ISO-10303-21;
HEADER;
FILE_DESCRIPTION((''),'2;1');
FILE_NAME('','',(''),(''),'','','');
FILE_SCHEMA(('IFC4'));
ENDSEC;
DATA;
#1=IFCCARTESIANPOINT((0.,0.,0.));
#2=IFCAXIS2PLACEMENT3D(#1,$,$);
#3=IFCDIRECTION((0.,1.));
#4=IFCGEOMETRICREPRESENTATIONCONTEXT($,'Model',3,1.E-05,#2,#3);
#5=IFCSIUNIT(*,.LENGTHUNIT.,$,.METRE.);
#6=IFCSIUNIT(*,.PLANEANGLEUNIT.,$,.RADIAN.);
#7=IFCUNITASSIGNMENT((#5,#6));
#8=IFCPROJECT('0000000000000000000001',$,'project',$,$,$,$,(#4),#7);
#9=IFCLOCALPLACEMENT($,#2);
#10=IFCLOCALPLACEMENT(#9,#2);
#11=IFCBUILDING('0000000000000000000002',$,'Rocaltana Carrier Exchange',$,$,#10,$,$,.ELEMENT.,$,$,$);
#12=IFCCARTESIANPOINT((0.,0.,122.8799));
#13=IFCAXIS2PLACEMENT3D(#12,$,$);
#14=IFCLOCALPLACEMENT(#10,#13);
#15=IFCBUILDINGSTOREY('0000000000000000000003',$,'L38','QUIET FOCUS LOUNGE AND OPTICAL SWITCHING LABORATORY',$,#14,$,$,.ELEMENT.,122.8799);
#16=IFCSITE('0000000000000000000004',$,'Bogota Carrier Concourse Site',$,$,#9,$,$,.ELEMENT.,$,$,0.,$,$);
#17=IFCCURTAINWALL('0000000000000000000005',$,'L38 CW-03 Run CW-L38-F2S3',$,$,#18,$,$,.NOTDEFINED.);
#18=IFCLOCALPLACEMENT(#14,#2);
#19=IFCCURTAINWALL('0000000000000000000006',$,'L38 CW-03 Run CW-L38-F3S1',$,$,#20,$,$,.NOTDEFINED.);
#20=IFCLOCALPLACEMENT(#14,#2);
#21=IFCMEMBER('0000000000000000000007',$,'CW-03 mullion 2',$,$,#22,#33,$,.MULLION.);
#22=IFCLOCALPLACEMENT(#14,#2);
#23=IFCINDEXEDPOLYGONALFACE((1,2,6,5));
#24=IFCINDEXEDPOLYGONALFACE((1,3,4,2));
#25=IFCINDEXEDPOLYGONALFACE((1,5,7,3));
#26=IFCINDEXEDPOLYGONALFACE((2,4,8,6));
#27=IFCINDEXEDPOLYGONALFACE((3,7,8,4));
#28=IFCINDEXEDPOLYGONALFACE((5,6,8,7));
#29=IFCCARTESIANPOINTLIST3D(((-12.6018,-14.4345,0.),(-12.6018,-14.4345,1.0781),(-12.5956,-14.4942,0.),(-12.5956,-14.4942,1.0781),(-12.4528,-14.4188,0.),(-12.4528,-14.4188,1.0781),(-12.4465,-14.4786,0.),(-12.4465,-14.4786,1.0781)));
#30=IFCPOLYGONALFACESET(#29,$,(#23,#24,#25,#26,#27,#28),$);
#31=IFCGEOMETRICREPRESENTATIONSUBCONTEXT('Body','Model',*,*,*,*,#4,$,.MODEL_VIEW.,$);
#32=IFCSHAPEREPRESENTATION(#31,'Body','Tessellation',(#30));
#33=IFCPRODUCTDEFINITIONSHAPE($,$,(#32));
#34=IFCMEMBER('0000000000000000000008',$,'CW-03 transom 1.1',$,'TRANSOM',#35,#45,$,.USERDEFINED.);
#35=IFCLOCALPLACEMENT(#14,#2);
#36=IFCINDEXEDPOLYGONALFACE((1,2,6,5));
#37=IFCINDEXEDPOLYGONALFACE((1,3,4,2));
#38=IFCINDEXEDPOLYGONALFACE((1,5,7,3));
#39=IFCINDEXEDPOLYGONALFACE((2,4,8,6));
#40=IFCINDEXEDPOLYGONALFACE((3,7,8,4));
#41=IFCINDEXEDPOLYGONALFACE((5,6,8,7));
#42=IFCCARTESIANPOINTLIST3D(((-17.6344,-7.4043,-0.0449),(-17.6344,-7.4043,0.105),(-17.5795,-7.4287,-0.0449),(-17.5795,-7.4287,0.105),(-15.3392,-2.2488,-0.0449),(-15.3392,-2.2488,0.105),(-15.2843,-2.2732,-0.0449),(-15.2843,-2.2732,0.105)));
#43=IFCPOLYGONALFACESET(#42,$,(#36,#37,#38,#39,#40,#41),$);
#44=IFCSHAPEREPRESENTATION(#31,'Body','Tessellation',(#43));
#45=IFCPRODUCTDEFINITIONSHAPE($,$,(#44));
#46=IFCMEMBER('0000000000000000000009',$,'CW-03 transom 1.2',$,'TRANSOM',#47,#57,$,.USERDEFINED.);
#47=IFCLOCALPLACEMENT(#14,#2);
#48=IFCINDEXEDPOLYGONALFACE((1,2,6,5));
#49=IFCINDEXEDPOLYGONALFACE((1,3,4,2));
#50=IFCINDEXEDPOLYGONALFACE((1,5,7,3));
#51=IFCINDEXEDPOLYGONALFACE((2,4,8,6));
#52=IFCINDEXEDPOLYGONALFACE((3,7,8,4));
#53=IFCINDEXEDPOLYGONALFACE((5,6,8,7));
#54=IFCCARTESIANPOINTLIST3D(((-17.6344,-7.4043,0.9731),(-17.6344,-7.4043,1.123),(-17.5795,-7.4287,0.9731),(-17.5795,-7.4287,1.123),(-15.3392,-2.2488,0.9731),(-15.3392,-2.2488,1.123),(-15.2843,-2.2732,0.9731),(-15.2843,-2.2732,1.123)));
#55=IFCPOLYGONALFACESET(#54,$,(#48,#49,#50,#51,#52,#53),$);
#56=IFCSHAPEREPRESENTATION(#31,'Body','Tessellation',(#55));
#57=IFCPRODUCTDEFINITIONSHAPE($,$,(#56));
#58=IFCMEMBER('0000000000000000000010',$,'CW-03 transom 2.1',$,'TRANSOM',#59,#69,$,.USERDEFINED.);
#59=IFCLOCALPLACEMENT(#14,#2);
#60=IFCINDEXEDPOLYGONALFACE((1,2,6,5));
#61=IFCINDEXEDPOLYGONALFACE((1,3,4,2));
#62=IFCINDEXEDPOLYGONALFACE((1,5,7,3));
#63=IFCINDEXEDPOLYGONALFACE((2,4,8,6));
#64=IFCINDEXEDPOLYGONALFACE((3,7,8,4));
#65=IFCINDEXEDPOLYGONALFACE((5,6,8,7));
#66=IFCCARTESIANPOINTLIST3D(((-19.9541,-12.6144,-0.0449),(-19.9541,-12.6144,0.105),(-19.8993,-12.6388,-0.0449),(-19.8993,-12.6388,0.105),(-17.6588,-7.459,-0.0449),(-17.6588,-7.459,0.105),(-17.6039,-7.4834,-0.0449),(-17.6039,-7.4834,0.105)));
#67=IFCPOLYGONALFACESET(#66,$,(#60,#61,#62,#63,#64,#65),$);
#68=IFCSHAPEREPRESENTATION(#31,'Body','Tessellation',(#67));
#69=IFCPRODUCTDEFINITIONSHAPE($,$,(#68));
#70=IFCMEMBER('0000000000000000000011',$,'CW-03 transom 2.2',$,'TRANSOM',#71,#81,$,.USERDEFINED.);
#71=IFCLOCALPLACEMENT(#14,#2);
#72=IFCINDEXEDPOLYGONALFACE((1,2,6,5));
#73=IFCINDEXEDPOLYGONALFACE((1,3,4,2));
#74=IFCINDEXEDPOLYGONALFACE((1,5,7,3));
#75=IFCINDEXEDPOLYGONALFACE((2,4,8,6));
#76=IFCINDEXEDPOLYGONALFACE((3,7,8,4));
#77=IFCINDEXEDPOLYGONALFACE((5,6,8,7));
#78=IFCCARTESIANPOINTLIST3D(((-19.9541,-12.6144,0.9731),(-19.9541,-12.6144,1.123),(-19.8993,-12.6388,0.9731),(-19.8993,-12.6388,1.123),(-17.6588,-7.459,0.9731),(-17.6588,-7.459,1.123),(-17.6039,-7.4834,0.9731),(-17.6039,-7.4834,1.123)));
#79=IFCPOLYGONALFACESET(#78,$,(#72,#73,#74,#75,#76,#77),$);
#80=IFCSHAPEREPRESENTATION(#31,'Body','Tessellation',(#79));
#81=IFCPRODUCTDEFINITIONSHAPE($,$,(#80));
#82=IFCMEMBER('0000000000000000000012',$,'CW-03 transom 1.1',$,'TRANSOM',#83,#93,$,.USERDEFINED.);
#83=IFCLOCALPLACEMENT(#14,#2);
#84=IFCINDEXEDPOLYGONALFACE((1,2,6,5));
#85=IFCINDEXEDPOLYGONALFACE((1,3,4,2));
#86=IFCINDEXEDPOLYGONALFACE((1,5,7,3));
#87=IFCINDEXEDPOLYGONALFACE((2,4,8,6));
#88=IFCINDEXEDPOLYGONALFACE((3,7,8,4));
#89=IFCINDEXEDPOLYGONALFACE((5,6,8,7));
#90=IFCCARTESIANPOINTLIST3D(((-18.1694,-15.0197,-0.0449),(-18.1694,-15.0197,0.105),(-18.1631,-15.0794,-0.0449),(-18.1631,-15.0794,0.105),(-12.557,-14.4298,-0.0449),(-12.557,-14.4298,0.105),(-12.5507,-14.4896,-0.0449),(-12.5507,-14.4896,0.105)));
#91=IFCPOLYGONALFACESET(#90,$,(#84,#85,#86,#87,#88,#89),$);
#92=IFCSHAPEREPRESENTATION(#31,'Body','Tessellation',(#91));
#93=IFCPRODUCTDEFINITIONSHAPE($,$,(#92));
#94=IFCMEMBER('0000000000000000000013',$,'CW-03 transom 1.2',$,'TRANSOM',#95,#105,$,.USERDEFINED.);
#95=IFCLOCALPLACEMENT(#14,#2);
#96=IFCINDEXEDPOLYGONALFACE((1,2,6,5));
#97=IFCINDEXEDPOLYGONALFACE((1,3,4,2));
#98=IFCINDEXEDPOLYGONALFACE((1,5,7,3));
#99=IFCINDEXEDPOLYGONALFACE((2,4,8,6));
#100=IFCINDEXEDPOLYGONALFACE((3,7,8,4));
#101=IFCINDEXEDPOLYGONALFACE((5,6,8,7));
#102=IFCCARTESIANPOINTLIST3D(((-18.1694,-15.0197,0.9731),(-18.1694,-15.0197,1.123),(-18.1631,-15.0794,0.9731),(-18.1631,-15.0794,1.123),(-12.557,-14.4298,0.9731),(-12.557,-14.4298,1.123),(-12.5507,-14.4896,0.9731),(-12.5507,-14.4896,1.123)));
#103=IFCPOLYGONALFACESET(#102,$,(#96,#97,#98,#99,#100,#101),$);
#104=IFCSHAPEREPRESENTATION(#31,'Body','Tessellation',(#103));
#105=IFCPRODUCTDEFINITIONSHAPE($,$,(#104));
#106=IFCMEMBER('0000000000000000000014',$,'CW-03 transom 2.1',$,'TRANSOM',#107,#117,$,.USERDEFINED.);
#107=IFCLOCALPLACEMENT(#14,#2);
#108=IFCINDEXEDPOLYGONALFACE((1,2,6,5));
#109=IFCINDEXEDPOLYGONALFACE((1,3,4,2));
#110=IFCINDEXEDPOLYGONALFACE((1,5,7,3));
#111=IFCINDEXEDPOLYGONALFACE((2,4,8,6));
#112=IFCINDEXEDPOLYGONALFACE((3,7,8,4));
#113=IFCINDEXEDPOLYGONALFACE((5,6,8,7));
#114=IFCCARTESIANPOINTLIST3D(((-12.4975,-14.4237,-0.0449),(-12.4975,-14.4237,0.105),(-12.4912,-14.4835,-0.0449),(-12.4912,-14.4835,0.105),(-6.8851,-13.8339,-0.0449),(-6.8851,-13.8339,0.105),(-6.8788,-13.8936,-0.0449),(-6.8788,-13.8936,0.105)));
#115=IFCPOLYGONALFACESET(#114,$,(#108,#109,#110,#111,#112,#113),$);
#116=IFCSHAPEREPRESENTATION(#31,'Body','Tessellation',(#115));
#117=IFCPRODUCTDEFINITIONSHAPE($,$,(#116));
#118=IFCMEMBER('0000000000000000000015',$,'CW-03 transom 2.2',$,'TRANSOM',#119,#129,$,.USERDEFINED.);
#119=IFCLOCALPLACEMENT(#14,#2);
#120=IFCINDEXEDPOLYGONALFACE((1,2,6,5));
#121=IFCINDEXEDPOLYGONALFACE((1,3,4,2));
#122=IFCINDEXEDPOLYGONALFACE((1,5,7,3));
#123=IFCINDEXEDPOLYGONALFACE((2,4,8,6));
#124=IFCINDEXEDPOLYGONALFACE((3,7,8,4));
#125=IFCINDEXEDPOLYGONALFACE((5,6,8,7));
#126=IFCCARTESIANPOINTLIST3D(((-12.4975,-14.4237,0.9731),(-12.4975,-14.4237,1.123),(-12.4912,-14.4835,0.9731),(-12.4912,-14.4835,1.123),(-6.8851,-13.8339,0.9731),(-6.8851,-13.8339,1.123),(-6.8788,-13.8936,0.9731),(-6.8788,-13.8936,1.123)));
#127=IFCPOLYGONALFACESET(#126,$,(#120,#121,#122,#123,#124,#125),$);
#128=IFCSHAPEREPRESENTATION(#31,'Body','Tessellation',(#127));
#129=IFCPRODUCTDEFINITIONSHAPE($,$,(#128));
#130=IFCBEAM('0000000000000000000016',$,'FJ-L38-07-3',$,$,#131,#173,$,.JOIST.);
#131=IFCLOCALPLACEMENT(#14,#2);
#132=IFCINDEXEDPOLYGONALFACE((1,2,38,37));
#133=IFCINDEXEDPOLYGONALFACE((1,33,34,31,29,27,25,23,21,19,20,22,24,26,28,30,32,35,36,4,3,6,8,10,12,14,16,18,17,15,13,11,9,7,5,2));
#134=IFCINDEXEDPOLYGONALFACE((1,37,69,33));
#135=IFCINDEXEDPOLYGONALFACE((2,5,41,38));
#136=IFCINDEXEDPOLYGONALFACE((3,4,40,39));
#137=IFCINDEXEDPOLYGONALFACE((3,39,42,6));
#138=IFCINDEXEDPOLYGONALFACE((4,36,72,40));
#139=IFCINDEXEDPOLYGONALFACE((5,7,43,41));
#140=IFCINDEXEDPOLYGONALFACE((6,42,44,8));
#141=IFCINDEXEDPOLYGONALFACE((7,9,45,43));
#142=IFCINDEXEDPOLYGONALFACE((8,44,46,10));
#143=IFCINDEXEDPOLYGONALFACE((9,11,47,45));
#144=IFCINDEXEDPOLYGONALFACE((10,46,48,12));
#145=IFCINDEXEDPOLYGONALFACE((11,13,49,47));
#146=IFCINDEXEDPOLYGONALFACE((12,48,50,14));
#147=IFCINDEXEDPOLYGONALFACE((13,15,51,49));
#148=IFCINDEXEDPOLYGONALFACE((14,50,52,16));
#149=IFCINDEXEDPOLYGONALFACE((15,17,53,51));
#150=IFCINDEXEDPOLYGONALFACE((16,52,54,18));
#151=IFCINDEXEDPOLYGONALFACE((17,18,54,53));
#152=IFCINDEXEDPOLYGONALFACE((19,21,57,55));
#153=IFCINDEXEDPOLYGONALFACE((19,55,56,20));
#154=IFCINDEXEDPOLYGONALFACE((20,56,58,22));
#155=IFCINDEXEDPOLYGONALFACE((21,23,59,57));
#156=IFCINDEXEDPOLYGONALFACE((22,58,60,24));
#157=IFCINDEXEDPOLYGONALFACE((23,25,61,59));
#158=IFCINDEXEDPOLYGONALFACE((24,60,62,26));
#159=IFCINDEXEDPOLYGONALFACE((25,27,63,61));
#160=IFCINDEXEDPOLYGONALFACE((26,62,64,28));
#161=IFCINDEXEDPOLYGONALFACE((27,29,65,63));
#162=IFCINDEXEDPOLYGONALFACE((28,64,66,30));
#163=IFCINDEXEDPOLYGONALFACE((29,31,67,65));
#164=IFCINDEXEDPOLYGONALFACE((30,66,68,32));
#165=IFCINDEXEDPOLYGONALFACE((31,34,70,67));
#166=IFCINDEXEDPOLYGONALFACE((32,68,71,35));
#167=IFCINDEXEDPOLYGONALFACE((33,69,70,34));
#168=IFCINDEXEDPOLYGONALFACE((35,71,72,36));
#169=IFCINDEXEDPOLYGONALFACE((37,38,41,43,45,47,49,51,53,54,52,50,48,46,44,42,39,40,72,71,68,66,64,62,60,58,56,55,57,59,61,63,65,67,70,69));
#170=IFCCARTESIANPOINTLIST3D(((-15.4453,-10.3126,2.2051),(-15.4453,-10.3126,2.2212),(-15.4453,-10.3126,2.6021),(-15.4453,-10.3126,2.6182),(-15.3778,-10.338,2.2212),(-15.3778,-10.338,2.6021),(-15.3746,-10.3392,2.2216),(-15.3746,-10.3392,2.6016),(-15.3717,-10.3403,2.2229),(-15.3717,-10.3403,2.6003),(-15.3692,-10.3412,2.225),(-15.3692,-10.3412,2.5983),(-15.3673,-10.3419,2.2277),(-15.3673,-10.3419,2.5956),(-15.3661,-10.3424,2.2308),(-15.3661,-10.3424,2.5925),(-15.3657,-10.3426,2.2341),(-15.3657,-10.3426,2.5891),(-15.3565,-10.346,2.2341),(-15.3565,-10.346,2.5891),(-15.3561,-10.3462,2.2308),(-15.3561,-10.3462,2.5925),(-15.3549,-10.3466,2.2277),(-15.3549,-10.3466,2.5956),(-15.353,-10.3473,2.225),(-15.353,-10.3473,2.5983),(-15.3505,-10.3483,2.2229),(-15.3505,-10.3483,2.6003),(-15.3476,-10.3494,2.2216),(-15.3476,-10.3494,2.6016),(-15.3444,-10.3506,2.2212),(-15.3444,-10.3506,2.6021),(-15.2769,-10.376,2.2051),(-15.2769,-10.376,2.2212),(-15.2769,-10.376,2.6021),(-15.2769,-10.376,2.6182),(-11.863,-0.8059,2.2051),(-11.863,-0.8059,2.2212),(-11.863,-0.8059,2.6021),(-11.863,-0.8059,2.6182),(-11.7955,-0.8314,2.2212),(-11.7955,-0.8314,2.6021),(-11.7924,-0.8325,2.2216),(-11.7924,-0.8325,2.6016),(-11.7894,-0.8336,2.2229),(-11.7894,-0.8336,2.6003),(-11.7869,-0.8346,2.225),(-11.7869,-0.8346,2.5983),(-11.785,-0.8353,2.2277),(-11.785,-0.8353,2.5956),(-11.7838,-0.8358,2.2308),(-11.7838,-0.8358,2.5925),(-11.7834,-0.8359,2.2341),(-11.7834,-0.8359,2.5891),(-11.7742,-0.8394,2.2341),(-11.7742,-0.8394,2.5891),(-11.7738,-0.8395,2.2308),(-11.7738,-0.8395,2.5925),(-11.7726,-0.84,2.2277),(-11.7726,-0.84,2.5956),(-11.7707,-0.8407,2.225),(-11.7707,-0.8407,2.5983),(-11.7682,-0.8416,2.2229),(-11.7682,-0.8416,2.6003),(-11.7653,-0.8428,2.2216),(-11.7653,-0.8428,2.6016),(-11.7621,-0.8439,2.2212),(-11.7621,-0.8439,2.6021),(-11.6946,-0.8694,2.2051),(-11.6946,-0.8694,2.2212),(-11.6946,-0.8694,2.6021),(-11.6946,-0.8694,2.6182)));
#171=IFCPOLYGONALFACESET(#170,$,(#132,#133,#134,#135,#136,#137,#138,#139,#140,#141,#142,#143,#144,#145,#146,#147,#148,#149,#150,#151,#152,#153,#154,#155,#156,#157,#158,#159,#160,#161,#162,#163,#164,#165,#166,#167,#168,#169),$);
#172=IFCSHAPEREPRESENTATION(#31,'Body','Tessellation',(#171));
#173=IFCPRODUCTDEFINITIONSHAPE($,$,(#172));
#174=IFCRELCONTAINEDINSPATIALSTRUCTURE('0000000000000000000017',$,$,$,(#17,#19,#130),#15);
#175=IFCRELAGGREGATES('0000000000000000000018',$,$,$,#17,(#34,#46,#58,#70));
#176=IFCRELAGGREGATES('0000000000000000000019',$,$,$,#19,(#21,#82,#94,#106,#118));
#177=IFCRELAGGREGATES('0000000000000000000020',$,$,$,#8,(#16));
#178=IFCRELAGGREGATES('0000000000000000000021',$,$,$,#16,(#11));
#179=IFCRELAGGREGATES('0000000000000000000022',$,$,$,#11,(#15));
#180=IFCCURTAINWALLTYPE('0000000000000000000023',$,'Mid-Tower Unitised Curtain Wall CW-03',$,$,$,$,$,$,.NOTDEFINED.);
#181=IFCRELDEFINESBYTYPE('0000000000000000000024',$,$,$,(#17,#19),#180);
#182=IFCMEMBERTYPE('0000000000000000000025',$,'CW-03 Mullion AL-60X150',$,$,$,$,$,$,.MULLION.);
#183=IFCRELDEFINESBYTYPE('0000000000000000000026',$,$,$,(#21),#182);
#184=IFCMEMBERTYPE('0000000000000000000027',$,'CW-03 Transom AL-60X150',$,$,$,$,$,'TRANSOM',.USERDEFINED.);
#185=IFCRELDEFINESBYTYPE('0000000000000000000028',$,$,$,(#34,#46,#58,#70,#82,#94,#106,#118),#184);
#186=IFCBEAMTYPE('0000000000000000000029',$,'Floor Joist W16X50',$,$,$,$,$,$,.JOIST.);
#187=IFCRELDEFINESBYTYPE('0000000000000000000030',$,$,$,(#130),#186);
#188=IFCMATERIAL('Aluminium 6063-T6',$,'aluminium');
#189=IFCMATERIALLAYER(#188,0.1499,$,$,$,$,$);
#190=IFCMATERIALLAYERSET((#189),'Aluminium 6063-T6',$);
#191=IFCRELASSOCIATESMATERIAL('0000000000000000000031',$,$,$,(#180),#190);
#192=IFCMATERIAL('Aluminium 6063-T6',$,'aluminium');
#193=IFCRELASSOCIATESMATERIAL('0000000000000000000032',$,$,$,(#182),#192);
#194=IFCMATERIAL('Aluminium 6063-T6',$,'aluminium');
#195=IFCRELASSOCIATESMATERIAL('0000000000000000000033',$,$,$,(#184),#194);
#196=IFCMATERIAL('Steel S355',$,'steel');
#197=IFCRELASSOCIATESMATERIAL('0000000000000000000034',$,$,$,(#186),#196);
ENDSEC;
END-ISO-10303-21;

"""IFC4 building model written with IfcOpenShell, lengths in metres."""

from ifc_helpers import new_model, si_unit, direction, frame, origin, origin_2d, place, context, subcontext, project, spatial, rectangle, i_section, extrude, material, layer, layer_set, material_profile, profile_set, type_object, element, aggregate, save


model = new_model("IFC4")

# Units and contexts
model_context = context("Model", 3, precision=1e-05, world=origin(), true_north=direction((0.0, 1.0)))
body_context = subcontext(model_context, "Body", "Model", "MODEL_VIEW")
ifc_project = project(units=[si_unit("LENGTHUNIT", "METRE"), si_unit("PLANEANGLEUNIT", "RADIAN")], contexts=[model_context])

# Site, building, storey
site_placement = place(None, origin())
site = spatial("IfcSite", under=ifc_project, at=site_placement, Name="Bogota Carrier Concourse Site", CompositionType="ELEMENT", RefElevation=0.0)
building_placement = place(site_placement, origin())
building = spatial("IfcBuilding", under=site, at=building_placement, Name="Rocaltana Carrier Exchange", CompositionType="ELEMENT")
storey_placement = place(building_placement, frame((0.0, 0.0, 122.8799)))
storey = spatial("IfcBuildingStorey", under=building, at=storey_placement, Name="L38", Description="QUIET FOCUS LOUNGE AND OPTICAL SWITCHING LABORATORY", CompositionType="ELEMENT", Elevation=122.8799)

# Curtain walls, member
ifc_material_1 = material(Name="Aluminium 6063-T6", Category="aluminium")
ifc_layer_1 = layer(ifc_material_1, 0.1499)
ifc_layer_set_1 = layer_set([ifc_layer_1], Name="Aluminium 6063-T6")
curtain_wall_type = type_object("IfcCurtainWallType", Name="Mid-Tower Unitised Curtain Wall CW-03", PredefinedType="NOTDEFINED", material=ifc_layer_set_1)
curtain_wall_1_placement = place(storey_placement, origin())
curtain_wall_1 = element("IfcCurtainWall", 1, at=curtain_wall_1_placement, inside=storey, type_object=curtain_wall_type, Name="L38 CW-03 Run CW-L38-F2S3", PredefinedType="NOTDEFINED")
ifc_material_2 = material(Name="Aluminium 6063-T6", Category="aluminium")
ifc_material_profile_1 = material_profile(ifc_material_2, rectangle(XDim=0.0601, YDim=0.1499, at=origin_2d()), Name="AL-60X150")
ifc_profile_set_1 = profile_set([ifc_material_profile_1], Name="Aluminium 6063-T6")
member_type_1 = type_object("IfcMemberType", Name="CW-03 Mullion AL-60X150", PredefinedType="MULLION", material=ifc_profile_set_1)
curtain_wall_2_placement = place(storey_placement, origin())
curtain_wall_2 = element("IfcCurtainWall", 2, at=curtain_wall_2_placement, inside=storey, type_object=curtain_wall_type, Name="L38 CW-03 Run CW-L38-F3S1", PredefinedType="NOTDEFINED")
member_1_placement = place(storey_placement, frame((-12.5242, -14.4565, 0.0), z_axis=(0.0, 0.0, 1.0), x_axis=(-0.104522, 0.994523, 0.0)))
member_1 = element("IfcMember", 3, at=member_1_placement, type_object=member_type_1, Name="CW-03 mullion 2", PredefinedType="MULLION", context=body_context, shape_type="SweptSolid", body=[
    extrude(rectangle(XDim=0.0601, YDim=0.1499, at=origin_2d()), origin(), (0.0, 0.0, 1.0), 1.0781),
])

# Members
ifc_material_3 = material(Name="Aluminium 6063-T6", Category="aluminium")
ifc_material_profile_2 = material_profile(ifc_material_3, rectangle(XDim=0.0601, YDim=0.1499, at=origin_2d()), Name="AL-60X150")
ifc_profile_set_2 = profile_set([ifc_material_profile_2], Name="Aluminium 6063-T6")
member_type_2 = type_object("IfcMemberType", Name="CW-03 Transom AL-60X150", ElementType="TRANSOM", PredefinedType="USERDEFINED", material=ifc_profile_set_2)
member_2_placement = place(storey_placement, frame((-15.3118, -2.261, 0.03), z_axis=(-0.406704, -0.91356, 0.0), x_axis=(0.91356, -0.406704, 0.0)))
member_2 = element("IfcMember", 4, at=member_2_placement, type_object=member_type_2, Name="CW-03 transom 1.1", ObjectType="TRANSOM", PredefinedType="USERDEFINED", context=body_context, shape_type="SweptSolid", body=[
    extrude(rectangle(XDim=0.0601, YDim=0.1499, at=origin_2d()), origin(), (0.0, 0.0, 1.0), 5.6433),
])
member_3_placement = place(storey_placement, frame((-15.3118, -2.261, 1.0481), z_axis=(-0.406704, -0.91356, 0.0), x_axis=(0.91356, -0.406704, 0.0)))
member_3 = element("IfcMember", 5, at=member_3_placement, type_object=member_type_2, Name="CW-03 transom 1.2", ObjectType="TRANSOM", PredefinedType="USERDEFINED", context=body_context, shape_type="SweptSolid", body=[
    extrude(rectangle(XDim=0.0601, YDim=0.1499, at=origin_2d()), origin(), (0.0, 0.0, 1.0), 5.6433),
])
member_4_placement = place(storey_placement, frame((-17.6313, -7.4712, 0.03), z_axis=(-0.40674, -0.913544, 0.0), x_axis=(0.913544, -0.40674, 0.0)))
member_4 = element("IfcMember", 6, at=member_4_placement, type_object=member_type_2, Name="CW-03 transom 2.1", ObjectType="TRANSOM", PredefinedType="USERDEFINED", context=body_context, shape_type="SweptSolid", body=[
    extrude(rectangle(XDim=0.0601, YDim=0.1499, at=origin_2d()), origin(), (0.0, 0.0, 1.0), 5.6433),
])
member_5_placement = place(storey_placement, frame((-17.6313, -7.4712, 1.0481), z_axis=(-0.40674, -0.913544, 0.0), x_axis=(0.913544, -0.40674, 0.0)))
member_5 = element("IfcMember", 7, at=member_5_placement, type_object=member_type_2, Name="CW-03 transom 2.2", ObjectType="TRANSOM", PredefinedType="USERDEFINED", context=body_context, shape_type="SweptSolid", body=[
    extrude(rectangle(XDim=0.0601, YDim=0.1499, at=origin_2d()), origin(), (0.0, 0.0, 1.0), 5.6433),
])
member_6_placement = place(storey_placement, frame((-18.1663, -15.0496, 0.03), z_axis=(0.994523, 0.104523, 0.0), x_axis=(-0.104523, 0.994523, 0.0)))
member_6 = element("IfcMember", 8, at=member_6_placement, type_object=member_type_2, Name="CW-03 transom 1.1", ObjectType="TRANSOM", PredefinedType="USERDEFINED", context=body_context, shape_type="SweptSolid", body=[
    extrude(rectangle(XDim=0.0601, YDim=0.1499, at=origin_2d()), origin(), (0.0, 0.0, 1.0), 5.6433),
])
member_7_placement = place(storey_placement, frame((-18.1663, -15.0496, 1.0481), z_axis=(0.994523, 0.104523, 0.0), x_axis=(-0.104523, 0.994523, 0.0)))
member_7 = element("IfcMember", 9, at=member_7_placement, type_object=member_type_2, Name="CW-03 transom 1.2", ObjectType="TRANSOM", PredefinedType="USERDEFINED", context=body_context, shape_type="SweptSolid", body=[
    extrude(rectangle(XDim=0.0601, YDim=0.1499, at=origin_2d()), origin(), (0.0, 0.0, 1.0), 5.6433),
])
member_8_placement = place(storey_placement, frame((-12.4944, -14.4536, 0.03), z_axis=(0.994523, 0.104523, 0.0), x_axis=(-0.104523, 0.994523, 0.0)))
member_8 = element("IfcMember", 10, at=member_8_placement, type_object=member_type_2, Name="CW-03 transom 2.1", ObjectType="TRANSOM", PredefinedType="USERDEFINED", context=body_context, shape_type="SweptSolid", body=[
    extrude(rectangle(XDim=0.0601, YDim=0.1499, at=origin_2d()), origin(), (0.0, 0.0, 1.0), 5.6433),
])
member_9_placement = place(storey_placement, frame((-12.4944, -14.4536, 1.0481), z_axis=(0.994523, 0.104523, 0.0), x_axis=(-0.104523, 0.994523, 0.0)))
member_9 = element("IfcMember", 11, at=member_9_placement, type_object=member_type_2, Name="CW-03 transom 2.2", ObjectType="TRANSOM", PredefinedType="USERDEFINED", context=body_context, shape_type="SweptSolid", body=[
    extrude(rectangle(XDim=0.0601, YDim=0.1499, at=origin_2d()), origin(), (0.0, 0.0, 1.0), 5.6433),
])

# Beam
ifc_material_4 = material(Name="Steel S355", Category="steel")
ifc_material_profile_3 = material_profile(ifc_material_4, i_section(OverallWidth=0.1799, OverallDepth=0.4131, WebThickness=0.0098, FlangeThickness=0.0161, FilletRadius=0.0129, at=origin_2d()), Name="W16X50")
ifc_profile_set_3 = profile_set([ifc_material_profile_3], Name="Steel S355")
beam_type_1 = type_object("IfcBeamType", Name="Floor Joist W16X50", PredefinedType="JOIST", material=ifc_profile_set_3)
beam_1_placement = place(storey_placement, frame((-11.7788, -0.8376, 2.4116), z_axis=(-0.352616, -0.935768, 0.0), x_axis=(0.935768, -0.352616, 0.0)))
element("IfcBeam", 12, at=beam_1_placement, inside=storey, type_object=beam_type_1, Name="FJ-L38-07-3", PredefinedType="JOIST", context=body_context, shape_type="SweptSolid", body=[
    extrude(i_section(OverallWidth=0.1799, OverallDepth=0.4131, WebThickness=0.0098, FlangeThickness=0.0161, FilletRadius=0.0129, at=origin_2d()), origin(), (0.0, 0.0, 1.0), 10.1592),
])

aggregate(curtain_wall_1, [member_2, member_3, member_4, member_5])
aggregate(curtain_wall_2, [member_1, member_6, member_7, member_8, member_9])

save(model, "model.ifc")
